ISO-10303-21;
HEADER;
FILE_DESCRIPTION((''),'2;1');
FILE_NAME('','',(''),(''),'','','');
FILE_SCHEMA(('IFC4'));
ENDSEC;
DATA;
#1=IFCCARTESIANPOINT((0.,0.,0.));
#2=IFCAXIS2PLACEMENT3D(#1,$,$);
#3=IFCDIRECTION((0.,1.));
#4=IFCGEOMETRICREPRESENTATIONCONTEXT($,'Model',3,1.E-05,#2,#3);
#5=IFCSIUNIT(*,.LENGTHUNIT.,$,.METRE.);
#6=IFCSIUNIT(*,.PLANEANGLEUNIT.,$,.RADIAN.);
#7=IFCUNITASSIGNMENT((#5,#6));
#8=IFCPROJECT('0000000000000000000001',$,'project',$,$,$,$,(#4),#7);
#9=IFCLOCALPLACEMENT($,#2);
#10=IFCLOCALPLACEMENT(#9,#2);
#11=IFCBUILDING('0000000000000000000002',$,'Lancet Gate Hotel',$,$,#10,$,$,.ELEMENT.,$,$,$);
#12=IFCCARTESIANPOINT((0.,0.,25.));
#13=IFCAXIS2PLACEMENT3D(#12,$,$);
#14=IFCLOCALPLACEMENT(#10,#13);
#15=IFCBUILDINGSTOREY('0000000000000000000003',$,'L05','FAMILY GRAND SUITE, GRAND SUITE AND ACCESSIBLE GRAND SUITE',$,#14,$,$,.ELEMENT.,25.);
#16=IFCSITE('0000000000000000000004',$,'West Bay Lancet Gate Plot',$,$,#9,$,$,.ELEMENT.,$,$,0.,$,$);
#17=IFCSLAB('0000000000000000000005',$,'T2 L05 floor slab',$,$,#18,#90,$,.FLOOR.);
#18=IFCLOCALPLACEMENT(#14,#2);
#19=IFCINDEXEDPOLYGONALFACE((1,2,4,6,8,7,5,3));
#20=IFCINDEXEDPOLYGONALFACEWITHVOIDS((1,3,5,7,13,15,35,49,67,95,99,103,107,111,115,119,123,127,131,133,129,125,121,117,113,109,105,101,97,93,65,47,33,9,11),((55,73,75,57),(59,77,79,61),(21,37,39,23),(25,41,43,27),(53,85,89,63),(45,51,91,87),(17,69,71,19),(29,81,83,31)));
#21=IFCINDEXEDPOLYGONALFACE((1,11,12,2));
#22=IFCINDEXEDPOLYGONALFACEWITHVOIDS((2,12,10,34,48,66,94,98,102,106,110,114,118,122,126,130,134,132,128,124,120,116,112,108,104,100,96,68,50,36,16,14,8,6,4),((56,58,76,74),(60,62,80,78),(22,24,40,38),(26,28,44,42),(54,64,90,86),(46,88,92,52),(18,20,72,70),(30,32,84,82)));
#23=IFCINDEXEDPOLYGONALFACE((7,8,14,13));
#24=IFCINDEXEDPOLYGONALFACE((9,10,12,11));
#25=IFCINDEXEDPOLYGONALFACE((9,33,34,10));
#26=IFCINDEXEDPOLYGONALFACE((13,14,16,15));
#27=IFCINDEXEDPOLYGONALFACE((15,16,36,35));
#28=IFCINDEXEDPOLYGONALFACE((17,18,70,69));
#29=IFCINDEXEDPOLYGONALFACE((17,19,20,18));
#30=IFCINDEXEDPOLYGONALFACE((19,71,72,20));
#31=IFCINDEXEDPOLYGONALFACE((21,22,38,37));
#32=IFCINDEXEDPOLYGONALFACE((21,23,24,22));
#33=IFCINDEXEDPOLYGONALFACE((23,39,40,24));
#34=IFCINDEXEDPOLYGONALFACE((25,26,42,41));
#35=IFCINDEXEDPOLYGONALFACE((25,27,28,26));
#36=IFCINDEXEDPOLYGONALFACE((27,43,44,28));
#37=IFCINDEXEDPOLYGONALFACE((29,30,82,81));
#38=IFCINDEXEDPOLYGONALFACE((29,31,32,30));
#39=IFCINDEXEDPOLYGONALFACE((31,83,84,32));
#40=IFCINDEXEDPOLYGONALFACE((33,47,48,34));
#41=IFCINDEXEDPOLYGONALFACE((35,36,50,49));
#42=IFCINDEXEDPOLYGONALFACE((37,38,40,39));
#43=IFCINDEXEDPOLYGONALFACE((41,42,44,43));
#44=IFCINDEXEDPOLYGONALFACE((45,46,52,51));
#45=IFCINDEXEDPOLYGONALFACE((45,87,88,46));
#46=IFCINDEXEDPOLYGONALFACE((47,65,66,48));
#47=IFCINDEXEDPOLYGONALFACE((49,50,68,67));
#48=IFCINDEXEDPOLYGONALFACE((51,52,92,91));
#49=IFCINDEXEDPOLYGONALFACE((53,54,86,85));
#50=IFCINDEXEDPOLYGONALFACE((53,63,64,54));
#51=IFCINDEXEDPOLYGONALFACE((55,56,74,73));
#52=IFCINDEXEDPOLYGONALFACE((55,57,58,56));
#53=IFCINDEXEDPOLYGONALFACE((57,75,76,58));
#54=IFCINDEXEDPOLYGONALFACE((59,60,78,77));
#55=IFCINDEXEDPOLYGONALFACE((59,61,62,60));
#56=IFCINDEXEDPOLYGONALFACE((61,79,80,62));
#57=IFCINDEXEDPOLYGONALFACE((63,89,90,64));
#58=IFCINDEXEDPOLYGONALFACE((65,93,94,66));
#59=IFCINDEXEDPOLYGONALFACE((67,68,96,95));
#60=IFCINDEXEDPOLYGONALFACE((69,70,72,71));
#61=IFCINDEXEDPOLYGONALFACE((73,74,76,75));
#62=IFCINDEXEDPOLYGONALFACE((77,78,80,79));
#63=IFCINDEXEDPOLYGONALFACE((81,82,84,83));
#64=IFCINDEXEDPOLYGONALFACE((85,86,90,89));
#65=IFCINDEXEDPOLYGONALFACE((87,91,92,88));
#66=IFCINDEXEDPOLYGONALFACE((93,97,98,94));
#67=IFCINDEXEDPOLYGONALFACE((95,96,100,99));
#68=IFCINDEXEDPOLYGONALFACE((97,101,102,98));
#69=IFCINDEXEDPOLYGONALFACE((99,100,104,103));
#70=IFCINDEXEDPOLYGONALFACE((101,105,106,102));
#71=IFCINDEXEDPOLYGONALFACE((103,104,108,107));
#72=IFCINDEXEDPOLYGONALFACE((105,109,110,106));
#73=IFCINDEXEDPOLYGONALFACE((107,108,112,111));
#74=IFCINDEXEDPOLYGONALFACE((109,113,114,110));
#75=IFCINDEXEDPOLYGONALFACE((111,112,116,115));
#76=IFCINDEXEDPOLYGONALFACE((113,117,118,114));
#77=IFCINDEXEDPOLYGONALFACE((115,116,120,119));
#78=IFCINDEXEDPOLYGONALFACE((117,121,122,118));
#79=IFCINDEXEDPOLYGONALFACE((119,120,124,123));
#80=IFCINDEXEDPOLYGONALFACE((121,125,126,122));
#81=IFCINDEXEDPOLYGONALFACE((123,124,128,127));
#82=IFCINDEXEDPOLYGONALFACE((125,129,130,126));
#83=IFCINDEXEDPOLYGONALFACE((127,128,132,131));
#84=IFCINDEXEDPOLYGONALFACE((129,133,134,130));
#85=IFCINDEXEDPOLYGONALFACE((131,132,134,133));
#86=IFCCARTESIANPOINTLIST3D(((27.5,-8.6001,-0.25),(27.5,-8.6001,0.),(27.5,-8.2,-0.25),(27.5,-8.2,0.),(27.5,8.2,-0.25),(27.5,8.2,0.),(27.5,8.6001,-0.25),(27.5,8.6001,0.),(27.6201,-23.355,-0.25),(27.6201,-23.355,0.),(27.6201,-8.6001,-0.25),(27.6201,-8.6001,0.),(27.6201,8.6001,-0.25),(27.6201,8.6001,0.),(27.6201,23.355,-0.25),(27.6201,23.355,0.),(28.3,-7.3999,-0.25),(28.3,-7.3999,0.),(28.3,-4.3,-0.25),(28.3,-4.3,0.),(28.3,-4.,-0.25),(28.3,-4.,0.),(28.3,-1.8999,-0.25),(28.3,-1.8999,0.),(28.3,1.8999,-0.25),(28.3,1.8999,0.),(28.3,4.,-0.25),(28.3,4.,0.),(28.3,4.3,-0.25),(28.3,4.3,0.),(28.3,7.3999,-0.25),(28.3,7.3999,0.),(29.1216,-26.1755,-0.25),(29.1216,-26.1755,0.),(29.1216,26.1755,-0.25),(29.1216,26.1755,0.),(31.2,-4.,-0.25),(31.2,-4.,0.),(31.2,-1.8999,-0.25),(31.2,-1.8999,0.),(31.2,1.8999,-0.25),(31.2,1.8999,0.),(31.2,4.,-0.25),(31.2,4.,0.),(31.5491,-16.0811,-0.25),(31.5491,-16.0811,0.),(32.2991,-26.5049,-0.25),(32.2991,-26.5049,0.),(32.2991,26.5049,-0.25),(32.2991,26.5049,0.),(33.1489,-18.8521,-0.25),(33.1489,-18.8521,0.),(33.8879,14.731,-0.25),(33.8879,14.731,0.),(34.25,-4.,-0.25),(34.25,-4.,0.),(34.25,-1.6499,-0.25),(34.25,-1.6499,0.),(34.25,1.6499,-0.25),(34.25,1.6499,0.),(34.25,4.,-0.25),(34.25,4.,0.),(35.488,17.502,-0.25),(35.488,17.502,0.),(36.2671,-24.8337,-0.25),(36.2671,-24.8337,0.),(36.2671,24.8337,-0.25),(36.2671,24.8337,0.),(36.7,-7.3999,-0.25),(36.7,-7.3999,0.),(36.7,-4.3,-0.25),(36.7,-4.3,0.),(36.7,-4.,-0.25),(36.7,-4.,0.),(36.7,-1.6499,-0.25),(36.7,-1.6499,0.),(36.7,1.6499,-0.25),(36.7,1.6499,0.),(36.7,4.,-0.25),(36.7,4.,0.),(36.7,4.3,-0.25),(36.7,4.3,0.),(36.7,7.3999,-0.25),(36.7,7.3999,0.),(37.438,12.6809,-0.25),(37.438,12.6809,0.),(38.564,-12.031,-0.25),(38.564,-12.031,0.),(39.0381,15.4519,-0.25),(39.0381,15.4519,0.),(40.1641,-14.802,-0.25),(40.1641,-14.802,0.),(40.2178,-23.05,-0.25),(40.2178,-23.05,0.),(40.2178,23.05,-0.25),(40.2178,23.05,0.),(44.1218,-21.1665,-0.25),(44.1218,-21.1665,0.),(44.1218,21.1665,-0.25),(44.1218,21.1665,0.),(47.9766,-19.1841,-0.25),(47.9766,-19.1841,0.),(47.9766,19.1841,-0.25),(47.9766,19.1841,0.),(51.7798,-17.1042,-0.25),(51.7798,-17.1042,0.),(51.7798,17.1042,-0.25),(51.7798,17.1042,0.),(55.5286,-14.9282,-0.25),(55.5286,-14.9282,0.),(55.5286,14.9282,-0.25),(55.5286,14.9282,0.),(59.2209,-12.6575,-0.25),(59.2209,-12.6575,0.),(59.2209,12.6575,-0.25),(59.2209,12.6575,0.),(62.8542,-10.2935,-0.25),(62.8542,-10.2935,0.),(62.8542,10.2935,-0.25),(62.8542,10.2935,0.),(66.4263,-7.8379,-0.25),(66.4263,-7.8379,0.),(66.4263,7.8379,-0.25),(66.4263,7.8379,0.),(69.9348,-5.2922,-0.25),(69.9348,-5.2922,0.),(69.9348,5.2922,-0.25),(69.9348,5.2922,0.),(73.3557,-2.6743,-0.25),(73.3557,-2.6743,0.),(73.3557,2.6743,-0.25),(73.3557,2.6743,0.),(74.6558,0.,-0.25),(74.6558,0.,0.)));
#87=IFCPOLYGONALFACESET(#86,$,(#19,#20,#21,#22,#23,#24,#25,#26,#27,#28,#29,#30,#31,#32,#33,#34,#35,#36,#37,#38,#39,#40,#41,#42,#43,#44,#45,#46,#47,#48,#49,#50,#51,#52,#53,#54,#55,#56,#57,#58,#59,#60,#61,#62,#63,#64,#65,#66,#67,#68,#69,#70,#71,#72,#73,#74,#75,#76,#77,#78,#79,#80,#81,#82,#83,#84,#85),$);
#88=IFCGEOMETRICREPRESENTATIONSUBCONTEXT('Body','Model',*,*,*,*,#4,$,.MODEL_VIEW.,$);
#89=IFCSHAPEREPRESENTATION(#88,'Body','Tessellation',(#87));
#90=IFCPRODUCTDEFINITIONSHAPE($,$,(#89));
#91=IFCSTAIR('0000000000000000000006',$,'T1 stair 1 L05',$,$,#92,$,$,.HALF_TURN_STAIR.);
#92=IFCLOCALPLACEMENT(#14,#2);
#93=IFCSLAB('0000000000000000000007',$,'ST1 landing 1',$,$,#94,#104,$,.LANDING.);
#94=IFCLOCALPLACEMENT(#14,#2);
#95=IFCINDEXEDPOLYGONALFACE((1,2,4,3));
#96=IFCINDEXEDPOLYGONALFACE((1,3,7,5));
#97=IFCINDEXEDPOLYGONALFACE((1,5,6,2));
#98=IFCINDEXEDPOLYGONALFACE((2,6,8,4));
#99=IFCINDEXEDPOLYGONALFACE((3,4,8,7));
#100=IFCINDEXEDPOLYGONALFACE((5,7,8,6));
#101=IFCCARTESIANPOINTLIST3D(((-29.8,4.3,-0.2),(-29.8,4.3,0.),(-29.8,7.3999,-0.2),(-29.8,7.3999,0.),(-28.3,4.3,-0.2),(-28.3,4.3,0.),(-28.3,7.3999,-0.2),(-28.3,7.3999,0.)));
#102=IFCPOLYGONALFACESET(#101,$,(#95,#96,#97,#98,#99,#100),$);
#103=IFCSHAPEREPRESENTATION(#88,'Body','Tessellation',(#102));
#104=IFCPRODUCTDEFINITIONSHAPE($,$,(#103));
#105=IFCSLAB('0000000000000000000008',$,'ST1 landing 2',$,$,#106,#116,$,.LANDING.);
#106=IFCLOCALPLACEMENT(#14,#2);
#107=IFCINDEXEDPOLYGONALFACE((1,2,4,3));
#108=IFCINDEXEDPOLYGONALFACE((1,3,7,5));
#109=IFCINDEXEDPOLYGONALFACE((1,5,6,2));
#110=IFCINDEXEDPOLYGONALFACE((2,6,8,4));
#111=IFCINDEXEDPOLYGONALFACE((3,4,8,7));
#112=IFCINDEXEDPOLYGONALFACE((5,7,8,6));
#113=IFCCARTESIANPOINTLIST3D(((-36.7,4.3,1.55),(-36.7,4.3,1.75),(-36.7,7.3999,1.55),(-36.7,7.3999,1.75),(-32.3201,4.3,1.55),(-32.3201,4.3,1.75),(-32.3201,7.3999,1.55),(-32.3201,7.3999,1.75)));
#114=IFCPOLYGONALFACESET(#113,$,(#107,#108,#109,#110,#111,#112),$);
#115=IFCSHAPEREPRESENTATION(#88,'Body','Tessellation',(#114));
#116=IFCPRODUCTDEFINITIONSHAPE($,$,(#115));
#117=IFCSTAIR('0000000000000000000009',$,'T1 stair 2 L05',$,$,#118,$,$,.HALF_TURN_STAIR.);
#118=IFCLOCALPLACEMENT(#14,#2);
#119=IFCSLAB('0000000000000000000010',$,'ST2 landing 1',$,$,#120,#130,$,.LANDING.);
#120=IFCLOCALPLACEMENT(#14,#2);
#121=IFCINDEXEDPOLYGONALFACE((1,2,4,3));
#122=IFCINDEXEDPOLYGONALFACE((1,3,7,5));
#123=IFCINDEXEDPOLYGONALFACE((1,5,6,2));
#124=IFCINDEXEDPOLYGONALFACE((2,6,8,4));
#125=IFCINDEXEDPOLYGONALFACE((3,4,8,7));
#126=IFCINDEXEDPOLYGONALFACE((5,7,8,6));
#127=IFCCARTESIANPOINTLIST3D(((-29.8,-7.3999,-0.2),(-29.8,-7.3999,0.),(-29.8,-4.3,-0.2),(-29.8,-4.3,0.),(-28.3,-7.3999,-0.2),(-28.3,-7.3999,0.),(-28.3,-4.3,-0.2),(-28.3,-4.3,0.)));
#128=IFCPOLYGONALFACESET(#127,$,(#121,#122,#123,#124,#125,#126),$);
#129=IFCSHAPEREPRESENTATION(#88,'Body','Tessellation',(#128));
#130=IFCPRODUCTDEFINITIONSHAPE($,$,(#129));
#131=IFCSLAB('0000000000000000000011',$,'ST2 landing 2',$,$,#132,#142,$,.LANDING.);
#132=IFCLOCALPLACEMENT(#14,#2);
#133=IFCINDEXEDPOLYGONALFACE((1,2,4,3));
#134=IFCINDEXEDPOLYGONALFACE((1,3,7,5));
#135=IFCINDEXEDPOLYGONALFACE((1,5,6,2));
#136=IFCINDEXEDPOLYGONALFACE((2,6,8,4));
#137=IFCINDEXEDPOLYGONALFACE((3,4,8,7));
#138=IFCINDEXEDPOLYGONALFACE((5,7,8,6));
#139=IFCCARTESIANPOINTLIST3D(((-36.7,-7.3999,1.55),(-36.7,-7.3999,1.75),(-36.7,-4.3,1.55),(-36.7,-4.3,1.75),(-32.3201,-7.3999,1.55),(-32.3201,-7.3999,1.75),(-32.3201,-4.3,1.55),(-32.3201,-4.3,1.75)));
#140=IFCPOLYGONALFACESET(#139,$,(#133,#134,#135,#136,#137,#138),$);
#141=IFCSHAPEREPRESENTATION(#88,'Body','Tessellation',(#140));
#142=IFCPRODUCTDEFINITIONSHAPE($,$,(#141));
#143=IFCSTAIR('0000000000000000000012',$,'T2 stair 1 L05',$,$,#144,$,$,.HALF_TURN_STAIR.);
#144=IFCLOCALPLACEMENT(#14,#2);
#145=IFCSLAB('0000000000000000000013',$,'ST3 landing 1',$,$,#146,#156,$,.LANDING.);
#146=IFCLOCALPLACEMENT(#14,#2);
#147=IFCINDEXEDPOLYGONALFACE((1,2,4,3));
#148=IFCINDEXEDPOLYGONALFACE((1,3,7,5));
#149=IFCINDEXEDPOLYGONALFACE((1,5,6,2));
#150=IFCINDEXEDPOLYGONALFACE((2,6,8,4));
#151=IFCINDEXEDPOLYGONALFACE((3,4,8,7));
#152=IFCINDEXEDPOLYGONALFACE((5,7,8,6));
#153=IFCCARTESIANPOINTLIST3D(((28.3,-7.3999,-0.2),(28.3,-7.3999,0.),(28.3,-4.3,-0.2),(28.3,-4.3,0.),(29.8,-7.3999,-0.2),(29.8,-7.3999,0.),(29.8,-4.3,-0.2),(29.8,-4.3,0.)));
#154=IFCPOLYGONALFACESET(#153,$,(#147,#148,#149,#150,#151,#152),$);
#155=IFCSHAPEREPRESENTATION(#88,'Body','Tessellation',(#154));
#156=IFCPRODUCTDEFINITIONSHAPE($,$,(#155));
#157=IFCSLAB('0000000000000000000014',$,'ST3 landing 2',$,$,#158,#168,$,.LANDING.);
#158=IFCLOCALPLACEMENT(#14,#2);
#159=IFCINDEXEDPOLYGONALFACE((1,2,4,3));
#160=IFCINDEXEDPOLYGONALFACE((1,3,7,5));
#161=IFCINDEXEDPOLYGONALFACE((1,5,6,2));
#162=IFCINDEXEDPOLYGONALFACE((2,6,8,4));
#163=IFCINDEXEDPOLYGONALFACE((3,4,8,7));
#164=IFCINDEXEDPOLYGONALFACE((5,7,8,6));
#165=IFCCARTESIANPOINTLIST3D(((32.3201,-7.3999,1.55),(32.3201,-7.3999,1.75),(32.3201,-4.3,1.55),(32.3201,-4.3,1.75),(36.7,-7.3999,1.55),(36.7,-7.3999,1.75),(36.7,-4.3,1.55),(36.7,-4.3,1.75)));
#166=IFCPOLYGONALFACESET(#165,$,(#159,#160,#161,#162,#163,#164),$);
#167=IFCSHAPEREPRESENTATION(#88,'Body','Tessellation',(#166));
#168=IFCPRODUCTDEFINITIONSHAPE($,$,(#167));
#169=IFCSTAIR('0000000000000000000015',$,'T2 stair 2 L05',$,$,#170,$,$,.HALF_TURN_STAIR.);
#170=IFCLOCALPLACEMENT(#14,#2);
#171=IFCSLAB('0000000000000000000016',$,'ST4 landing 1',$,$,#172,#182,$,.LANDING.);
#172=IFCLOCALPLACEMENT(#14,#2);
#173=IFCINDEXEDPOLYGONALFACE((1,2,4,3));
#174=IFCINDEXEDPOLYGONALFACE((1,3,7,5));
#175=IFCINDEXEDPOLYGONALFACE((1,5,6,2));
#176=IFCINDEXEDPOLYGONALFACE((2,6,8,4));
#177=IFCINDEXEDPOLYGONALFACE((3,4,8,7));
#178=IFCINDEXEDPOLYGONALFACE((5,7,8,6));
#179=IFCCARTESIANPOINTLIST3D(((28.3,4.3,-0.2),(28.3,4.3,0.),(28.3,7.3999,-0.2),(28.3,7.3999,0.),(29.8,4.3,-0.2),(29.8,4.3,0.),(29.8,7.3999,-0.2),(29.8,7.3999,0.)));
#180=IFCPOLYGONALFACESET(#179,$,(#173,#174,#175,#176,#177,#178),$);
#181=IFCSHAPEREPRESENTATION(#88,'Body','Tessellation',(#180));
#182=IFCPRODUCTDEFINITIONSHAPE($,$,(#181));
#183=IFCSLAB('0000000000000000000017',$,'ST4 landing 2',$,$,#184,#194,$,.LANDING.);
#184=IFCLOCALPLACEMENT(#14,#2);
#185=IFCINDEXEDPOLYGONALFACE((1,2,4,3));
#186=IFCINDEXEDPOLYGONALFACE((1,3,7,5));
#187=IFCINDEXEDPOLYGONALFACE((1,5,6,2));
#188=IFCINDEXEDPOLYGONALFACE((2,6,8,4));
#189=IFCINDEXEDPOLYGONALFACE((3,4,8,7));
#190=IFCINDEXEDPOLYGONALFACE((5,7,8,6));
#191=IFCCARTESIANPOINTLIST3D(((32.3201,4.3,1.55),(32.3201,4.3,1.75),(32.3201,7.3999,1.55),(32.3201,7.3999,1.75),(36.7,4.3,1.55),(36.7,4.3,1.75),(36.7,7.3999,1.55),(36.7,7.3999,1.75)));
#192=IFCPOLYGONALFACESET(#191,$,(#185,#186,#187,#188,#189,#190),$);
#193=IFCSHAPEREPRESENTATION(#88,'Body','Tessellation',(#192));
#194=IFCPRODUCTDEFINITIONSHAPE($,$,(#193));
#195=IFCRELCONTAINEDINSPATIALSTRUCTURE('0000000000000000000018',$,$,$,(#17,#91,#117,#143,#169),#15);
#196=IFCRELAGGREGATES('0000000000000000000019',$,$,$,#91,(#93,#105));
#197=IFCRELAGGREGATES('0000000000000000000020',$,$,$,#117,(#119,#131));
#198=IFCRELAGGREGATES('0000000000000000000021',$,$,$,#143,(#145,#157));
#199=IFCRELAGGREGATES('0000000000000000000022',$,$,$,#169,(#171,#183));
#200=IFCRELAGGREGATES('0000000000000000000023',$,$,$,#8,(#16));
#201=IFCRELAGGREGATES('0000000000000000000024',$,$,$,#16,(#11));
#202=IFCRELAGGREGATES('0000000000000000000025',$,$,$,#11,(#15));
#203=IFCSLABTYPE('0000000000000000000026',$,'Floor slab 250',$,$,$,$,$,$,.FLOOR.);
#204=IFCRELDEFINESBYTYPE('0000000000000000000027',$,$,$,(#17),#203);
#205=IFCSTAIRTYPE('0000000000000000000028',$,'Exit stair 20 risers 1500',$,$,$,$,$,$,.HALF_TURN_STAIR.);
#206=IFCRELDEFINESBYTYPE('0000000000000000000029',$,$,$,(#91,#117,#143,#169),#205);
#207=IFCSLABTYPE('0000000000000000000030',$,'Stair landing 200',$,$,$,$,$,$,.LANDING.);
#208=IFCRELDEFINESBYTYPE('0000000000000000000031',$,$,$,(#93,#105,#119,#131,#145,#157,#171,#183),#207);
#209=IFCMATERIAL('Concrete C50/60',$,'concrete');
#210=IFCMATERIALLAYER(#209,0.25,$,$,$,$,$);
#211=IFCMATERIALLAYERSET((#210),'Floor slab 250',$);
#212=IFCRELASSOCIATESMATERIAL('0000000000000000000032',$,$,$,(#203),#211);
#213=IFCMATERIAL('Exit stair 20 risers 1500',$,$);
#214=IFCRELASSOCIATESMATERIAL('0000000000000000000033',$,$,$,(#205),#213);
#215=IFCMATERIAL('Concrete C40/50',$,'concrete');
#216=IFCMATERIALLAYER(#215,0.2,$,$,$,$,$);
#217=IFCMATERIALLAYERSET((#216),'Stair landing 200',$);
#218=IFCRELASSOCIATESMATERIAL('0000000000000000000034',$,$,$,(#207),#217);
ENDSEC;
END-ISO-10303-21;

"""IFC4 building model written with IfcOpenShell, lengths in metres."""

from ifc_helpers import new_model, si_unit, direction, frame, origin, place, context, subcontext, project, spatial, polyline, outline, extrude, material, layer, layer_set, type_object, element, aggregate, save


model = new_model("IFC4")

# Units and contexts
model_context = context("Model", 3, precision=1e-05, world=origin(), true_north=direction((0.0, 1.0)))
body_context = subcontext(model_context, "Body", "Model", "MODEL_VIEW")
ifc_project = project(units=[si_unit("LENGTHUNIT", "METRE"), si_unit("PLANEANGLEUNIT", "RADIAN")], contexts=[model_context])

# Site, building, storey
site_placement = place(None, origin())
site = spatial("IfcSite", under=ifc_project, at=site_placement, Name="West Bay Lancet Gate Plot", CompositionType="ELEMENT", RefElevation=0.0)
building_placement = place(site_placement, origin())
building = spatial("IfcBuilding", under=site, at=building_placement, Name="Lancet Gate Hotel", CompositionType="ELEMENT")
storey_placement = place(building_placement, frame((0.0, 0.0, 25.0)))
storey = spatial("IfcBuildingStorey", under=building, at=storey_placement, Name="L05", Description="FAMILY GRAND SUITE, GRAND SUITE AND ACCESSIBLE GRAND SUITE", CompositionType="ELEMENT", Elevation=25.0)

# Slab
ifc_material_1 = material(Name="Concrete C50/60", Category="concrete")
ifc_layer_1 = layer(ifc_material_1, 0.25)
ifc_layer_set_1 = layer_set([ifc_layer_1], Name="Floor slab 250")
slab_type_1 = type_object("IfcSlabType", Name="Floor slab 250", PredefinedType="FLOOR", material=ifc_layer_set_1)
slab_1_placement = place(storey_placement, frame((0.0, 0.0, -0.25)))
element("IfcSlab", 1, at=slab_1_placement, inside=storey, type_object=slab_type_1, Name="T2 L05 floor slab", PredefinedType="FLOOR", context=body_context, shape_type="SweptSolid", body=[
    extrude(outline(polyline([(27.5, -8.6001), (27.6201, -8.6001), (27.6201, -23.355), (29.1216, -26.1755), (32.2991, -26.5049), (36.2671, -24.8337), (40.2178, -23.05), (44.1218, -21.1665), (47.9766, -19.1841), (51.7798, -17.1042), (55.5286, -14.9282), (59.2209, -12.6575), (62.8542, -10.2935), (66.4263, -7.8379), (69.9348, -5.2922), (73.3557, -2.6743), (74.6558, 0.0), (73.3557, 2.6743), (69.9348, 5.2922), (66.4263, 7.8379), (62.8542, 10.2935), (59.2209, 12.6575), (55.5286, 14.9282), (51.7798, 17.1042), (47.9766, 19.1841), (44.1218, 21.1665), (40.2178, 23.05), (36.2671, 24.8337), (32.2991, 26.5049), (29.1216, 26.1755), (27.6201, 23.355), (27.6201, 8.6001), (27.5, 8.6001), (27.5, 8.2), (27.5, -8.2), (27.5, -8.6001)]), holes=[polyline([(36.7, -7.3999), (36.7, -4.3), (28.3, -4.3), (28.3, -7.3999), (36.7, -7.3999)]), polyline([(28.3, -4.0), (31.2, -4.0), (31.2, -1.8999), (28.3, -1.8999), (28.3, -4.0)]), polyline([(34.25, -4.0), (36.7, -4.0), (36.7, -1.6499), (34.25, -1.6499), (34.25, -4.0)]), polyline([(36.7, 1.6499), (36.7, 4.0), (34.25, 4.0), (34.25, 1.6499), (36.7, 1.6499)]), polyline([(28.3, 1.8999), (31.2, 1.8999), (31.2, 4.0), (28.3, 4.0), (28.3, 1.8999)]), polyline([(28.3, 4.3), (36.7, 4.3), (36.7, 7.3999), (28.3, 7.3999), (28.3, 4.3)]), polyline([(31.5491, -16.0811), (33.1489, -18.8521), (40.1641, -14.802), (38.564, -12.031), (31.5491, -16.0811)]), polyline([(33.8879, 14.731), (37.438, 12.6809), (39.0381, 15.4519), (35.488, 17.502), (33.8879, 14.731)])]), origin(), (0.0, 0.0, 1.0), 0.25),
])

# Stairs, slabs
ifc_material_2 = material(Name="Exit stair 20 risers 1500")
stair_type = type_object("IfcStairType", Name="Exit stair 20 risers 1500", PredefinedType="HALF_TURN_STAIR", material=ifc_material_2)
stair_1_placement = place(storey_placement, origin())
stair_1 = element("IfcStair", 2, at=stair_1_placement, inside=storey, type_object=stair_type, Name="T1 stair 1 L05", PredefinedType="HALF_TURN_STAIR")
ifc_material_3 = material(Name="Concrete C40/50", Category="concrete")
ifc_layer_2 = layer(ifc_material_3, 0.2)
ifc_layer_set_2 = layer_set([ifc_layer_2], Name="Stair landing 200")
slab_type_2 = type_object("IfcSlabType", Name="Stair landing 200", PredefinedType="LANDING", material=ifc_layer_set_2)
slab_2_placement = place(storey_placement, frame((0.0, 0.0, -0.2)))
slab_2 = element("IfcSlab", 3, at=slab_2_placement, type_object=slab_type_2, Name="ST1 landing 1", PredefinedType="LANDING", context=body_context, shape_type="SweptSolid", body=[
    extrude(outline(polyline([(-28.3, 7.3999), (-29.8, 7.3999), (-29.8, 4.3), (-28.3, 4.3), (-28.3, 7.3999)])), origin(), (0.0, 0.0, 1.0), 0.2),
])
slab_3_placement = place(storey_placement, frame((0.0, 0.0, 1.55)))
slab_3 = element("IfcSlab", 4, at=slab_3_placement, type_object=slab_type_2, Name="ST1 landing 2", PredefinedType="LANDING", context=body_context, shape_type="SweptSolid", body=[
    extrude(outline(polyline([(-32.3201, 7.3999), (-36.7, 7.3999), (-36.7, 4.3), (-32.3201, 4.3), (-32.3201, 7.3999)])), origin(), (0.0, 0.0, 1.0), 0.2),
])
aggregate(stair_1, [slab_2, slab_3])
stair_2_placement = place(storey_placement, origin())
stair_2 = element("IfcStair", 5, at=stair_2_placement, inside=storey, type_object=stair_type, Name="T1 stair 2 L05", PredefinedType="HALF_TURN_STAIR")
slab_4_placement = place(storey_placement, frame((0.0, 0.0, -0.2)))
slab_4 = element("IfcSlab", 6, at=slab_4_placement, type_object=slab_type_2, Name="ST2 landing 1", PredefinedType="LANDING", context=body_context, shape_type="SweptSolid", body=[
    extrude(outline(polyline([(-28.3, -4.3), (-29.8, -4.3), (-29.8, -7.3999), (-28.3, -7.3999), (-28.3, -4.3)])), origin(), (0.0, 0.0, 1.0), 0.2),
])
slab_5_placement = place(storey_placement, frame((0.0, 0.0, 1.55)))
slab_5 = element("IfcSlab", 7, at=slab_5_placement, type_object=slab_type_2, Name="ST2 landing 2", PredefinedType="LANDING", context=body_context, shape_type="SweptSolid", body=[
    extrude(outline(polyline([(-32.3201, -4.3), (-36.7, -4.3), (-36.7, -7.3999), (-32.3201, -7.3999), (-32.3201, -4.3)])), origin(), (0.0, 0.0, 1.0), 0.2),
])
aggregate(stair_2, [slab_4, slab_5])
stair_3_placement = place(storey_placement, origin())
stair_3 = element("IfcStair", 8, at=stair_3_placement, inside=storey, type_object=stair_type, Name="T2 stair 1 L05", PredefinedType="HALF_TURN_STAIR")
slab_6_placement = place(storey_placement, frame((0.0, 0.0, -0.2)))
slab_6 = element("IfcSlab", 9, at=slab_6_placement, type_object=slab_type_2, Name="ST3 landing 1", PredefinedType="LANDING", context=body_context, shape_type="SweptSolid", body=[
    extrude(outline(polyline([(28.3, -7.3999), (29.8, -7.3999), (29.8, -4.3), (28.3, -4.3), (28.3, -7.3999)])), origin(), (0.0, 0.0, 1.0), 0.2),
])
slab_7_placement = place(storey_placement, frame((0.0, 0.0, 1.55)))
slab_7 = element("IfcSlab", 10, at=slab_7_placement, type_object=slab_type_2, Name="ST3 landing 2", PredefinedType="LANDING", context=body_context, shape_type="SweptSolid", body=[
    extrude(outline(polyline([(32.3201, -7.3999), (36.7, -7.3999), (36.7, -4.3), (32.3201, -4.3), (32.3201, -7.3999)])), origin(), (0.0, 0.0, 1.0), 0.2),
])
aggregate(stair_3, [slab_6, slab_7])
stair_4_placement = place(storey_placement, origin())
stair_4 = element("IfcStair", 11, at=stair_4_placement, inside=storey, type_object=stair_type, Name="T2 stair 2 L05", PredefinedType="HALF_TURN_STAIR")
slab_8_placement = place(storey_placement, frame((0.0, 0.0, -0.2)))
slab_8 = element("IfcSlab", 12, at=slab_8_placement, type_object=slab_type_2, Name="ST4 landing 1", PredefinedType="LANDING", context=body_context, shape_type="SweptSolid", body=[
    extrude(outline(polyline([(28.3, 4.3), (29.8, 4.3), (29.8, 7.3999), (28.3, 7.3999), (28.3, 4.3)])), origin(), (0.0, 0.0, 1.0), 0.2),
])
slab_9_placement = place(storey_placement, frame((0.0, 0.0, 1.55)))
slab_9 = element("IfcSlab", 13, at=slab_9_placement, type_object=slab_type_2, Name="ST4 landing 2", PredefinedType="LANDING", context=body_context, shape_type="SweptSolid", body=[
    extrude(outline(polyline([(32.3201, 4.3), (36.7, 4.3), (36.7, 7.3999), (32.3201, 7.3999), (32.3201, 4.3)])), origin(), (0.0, 0.0, 1.0), 0.2),
])
aggregate(stair_4, [slab_8, slab_9])

save(model, "model.ifc")
